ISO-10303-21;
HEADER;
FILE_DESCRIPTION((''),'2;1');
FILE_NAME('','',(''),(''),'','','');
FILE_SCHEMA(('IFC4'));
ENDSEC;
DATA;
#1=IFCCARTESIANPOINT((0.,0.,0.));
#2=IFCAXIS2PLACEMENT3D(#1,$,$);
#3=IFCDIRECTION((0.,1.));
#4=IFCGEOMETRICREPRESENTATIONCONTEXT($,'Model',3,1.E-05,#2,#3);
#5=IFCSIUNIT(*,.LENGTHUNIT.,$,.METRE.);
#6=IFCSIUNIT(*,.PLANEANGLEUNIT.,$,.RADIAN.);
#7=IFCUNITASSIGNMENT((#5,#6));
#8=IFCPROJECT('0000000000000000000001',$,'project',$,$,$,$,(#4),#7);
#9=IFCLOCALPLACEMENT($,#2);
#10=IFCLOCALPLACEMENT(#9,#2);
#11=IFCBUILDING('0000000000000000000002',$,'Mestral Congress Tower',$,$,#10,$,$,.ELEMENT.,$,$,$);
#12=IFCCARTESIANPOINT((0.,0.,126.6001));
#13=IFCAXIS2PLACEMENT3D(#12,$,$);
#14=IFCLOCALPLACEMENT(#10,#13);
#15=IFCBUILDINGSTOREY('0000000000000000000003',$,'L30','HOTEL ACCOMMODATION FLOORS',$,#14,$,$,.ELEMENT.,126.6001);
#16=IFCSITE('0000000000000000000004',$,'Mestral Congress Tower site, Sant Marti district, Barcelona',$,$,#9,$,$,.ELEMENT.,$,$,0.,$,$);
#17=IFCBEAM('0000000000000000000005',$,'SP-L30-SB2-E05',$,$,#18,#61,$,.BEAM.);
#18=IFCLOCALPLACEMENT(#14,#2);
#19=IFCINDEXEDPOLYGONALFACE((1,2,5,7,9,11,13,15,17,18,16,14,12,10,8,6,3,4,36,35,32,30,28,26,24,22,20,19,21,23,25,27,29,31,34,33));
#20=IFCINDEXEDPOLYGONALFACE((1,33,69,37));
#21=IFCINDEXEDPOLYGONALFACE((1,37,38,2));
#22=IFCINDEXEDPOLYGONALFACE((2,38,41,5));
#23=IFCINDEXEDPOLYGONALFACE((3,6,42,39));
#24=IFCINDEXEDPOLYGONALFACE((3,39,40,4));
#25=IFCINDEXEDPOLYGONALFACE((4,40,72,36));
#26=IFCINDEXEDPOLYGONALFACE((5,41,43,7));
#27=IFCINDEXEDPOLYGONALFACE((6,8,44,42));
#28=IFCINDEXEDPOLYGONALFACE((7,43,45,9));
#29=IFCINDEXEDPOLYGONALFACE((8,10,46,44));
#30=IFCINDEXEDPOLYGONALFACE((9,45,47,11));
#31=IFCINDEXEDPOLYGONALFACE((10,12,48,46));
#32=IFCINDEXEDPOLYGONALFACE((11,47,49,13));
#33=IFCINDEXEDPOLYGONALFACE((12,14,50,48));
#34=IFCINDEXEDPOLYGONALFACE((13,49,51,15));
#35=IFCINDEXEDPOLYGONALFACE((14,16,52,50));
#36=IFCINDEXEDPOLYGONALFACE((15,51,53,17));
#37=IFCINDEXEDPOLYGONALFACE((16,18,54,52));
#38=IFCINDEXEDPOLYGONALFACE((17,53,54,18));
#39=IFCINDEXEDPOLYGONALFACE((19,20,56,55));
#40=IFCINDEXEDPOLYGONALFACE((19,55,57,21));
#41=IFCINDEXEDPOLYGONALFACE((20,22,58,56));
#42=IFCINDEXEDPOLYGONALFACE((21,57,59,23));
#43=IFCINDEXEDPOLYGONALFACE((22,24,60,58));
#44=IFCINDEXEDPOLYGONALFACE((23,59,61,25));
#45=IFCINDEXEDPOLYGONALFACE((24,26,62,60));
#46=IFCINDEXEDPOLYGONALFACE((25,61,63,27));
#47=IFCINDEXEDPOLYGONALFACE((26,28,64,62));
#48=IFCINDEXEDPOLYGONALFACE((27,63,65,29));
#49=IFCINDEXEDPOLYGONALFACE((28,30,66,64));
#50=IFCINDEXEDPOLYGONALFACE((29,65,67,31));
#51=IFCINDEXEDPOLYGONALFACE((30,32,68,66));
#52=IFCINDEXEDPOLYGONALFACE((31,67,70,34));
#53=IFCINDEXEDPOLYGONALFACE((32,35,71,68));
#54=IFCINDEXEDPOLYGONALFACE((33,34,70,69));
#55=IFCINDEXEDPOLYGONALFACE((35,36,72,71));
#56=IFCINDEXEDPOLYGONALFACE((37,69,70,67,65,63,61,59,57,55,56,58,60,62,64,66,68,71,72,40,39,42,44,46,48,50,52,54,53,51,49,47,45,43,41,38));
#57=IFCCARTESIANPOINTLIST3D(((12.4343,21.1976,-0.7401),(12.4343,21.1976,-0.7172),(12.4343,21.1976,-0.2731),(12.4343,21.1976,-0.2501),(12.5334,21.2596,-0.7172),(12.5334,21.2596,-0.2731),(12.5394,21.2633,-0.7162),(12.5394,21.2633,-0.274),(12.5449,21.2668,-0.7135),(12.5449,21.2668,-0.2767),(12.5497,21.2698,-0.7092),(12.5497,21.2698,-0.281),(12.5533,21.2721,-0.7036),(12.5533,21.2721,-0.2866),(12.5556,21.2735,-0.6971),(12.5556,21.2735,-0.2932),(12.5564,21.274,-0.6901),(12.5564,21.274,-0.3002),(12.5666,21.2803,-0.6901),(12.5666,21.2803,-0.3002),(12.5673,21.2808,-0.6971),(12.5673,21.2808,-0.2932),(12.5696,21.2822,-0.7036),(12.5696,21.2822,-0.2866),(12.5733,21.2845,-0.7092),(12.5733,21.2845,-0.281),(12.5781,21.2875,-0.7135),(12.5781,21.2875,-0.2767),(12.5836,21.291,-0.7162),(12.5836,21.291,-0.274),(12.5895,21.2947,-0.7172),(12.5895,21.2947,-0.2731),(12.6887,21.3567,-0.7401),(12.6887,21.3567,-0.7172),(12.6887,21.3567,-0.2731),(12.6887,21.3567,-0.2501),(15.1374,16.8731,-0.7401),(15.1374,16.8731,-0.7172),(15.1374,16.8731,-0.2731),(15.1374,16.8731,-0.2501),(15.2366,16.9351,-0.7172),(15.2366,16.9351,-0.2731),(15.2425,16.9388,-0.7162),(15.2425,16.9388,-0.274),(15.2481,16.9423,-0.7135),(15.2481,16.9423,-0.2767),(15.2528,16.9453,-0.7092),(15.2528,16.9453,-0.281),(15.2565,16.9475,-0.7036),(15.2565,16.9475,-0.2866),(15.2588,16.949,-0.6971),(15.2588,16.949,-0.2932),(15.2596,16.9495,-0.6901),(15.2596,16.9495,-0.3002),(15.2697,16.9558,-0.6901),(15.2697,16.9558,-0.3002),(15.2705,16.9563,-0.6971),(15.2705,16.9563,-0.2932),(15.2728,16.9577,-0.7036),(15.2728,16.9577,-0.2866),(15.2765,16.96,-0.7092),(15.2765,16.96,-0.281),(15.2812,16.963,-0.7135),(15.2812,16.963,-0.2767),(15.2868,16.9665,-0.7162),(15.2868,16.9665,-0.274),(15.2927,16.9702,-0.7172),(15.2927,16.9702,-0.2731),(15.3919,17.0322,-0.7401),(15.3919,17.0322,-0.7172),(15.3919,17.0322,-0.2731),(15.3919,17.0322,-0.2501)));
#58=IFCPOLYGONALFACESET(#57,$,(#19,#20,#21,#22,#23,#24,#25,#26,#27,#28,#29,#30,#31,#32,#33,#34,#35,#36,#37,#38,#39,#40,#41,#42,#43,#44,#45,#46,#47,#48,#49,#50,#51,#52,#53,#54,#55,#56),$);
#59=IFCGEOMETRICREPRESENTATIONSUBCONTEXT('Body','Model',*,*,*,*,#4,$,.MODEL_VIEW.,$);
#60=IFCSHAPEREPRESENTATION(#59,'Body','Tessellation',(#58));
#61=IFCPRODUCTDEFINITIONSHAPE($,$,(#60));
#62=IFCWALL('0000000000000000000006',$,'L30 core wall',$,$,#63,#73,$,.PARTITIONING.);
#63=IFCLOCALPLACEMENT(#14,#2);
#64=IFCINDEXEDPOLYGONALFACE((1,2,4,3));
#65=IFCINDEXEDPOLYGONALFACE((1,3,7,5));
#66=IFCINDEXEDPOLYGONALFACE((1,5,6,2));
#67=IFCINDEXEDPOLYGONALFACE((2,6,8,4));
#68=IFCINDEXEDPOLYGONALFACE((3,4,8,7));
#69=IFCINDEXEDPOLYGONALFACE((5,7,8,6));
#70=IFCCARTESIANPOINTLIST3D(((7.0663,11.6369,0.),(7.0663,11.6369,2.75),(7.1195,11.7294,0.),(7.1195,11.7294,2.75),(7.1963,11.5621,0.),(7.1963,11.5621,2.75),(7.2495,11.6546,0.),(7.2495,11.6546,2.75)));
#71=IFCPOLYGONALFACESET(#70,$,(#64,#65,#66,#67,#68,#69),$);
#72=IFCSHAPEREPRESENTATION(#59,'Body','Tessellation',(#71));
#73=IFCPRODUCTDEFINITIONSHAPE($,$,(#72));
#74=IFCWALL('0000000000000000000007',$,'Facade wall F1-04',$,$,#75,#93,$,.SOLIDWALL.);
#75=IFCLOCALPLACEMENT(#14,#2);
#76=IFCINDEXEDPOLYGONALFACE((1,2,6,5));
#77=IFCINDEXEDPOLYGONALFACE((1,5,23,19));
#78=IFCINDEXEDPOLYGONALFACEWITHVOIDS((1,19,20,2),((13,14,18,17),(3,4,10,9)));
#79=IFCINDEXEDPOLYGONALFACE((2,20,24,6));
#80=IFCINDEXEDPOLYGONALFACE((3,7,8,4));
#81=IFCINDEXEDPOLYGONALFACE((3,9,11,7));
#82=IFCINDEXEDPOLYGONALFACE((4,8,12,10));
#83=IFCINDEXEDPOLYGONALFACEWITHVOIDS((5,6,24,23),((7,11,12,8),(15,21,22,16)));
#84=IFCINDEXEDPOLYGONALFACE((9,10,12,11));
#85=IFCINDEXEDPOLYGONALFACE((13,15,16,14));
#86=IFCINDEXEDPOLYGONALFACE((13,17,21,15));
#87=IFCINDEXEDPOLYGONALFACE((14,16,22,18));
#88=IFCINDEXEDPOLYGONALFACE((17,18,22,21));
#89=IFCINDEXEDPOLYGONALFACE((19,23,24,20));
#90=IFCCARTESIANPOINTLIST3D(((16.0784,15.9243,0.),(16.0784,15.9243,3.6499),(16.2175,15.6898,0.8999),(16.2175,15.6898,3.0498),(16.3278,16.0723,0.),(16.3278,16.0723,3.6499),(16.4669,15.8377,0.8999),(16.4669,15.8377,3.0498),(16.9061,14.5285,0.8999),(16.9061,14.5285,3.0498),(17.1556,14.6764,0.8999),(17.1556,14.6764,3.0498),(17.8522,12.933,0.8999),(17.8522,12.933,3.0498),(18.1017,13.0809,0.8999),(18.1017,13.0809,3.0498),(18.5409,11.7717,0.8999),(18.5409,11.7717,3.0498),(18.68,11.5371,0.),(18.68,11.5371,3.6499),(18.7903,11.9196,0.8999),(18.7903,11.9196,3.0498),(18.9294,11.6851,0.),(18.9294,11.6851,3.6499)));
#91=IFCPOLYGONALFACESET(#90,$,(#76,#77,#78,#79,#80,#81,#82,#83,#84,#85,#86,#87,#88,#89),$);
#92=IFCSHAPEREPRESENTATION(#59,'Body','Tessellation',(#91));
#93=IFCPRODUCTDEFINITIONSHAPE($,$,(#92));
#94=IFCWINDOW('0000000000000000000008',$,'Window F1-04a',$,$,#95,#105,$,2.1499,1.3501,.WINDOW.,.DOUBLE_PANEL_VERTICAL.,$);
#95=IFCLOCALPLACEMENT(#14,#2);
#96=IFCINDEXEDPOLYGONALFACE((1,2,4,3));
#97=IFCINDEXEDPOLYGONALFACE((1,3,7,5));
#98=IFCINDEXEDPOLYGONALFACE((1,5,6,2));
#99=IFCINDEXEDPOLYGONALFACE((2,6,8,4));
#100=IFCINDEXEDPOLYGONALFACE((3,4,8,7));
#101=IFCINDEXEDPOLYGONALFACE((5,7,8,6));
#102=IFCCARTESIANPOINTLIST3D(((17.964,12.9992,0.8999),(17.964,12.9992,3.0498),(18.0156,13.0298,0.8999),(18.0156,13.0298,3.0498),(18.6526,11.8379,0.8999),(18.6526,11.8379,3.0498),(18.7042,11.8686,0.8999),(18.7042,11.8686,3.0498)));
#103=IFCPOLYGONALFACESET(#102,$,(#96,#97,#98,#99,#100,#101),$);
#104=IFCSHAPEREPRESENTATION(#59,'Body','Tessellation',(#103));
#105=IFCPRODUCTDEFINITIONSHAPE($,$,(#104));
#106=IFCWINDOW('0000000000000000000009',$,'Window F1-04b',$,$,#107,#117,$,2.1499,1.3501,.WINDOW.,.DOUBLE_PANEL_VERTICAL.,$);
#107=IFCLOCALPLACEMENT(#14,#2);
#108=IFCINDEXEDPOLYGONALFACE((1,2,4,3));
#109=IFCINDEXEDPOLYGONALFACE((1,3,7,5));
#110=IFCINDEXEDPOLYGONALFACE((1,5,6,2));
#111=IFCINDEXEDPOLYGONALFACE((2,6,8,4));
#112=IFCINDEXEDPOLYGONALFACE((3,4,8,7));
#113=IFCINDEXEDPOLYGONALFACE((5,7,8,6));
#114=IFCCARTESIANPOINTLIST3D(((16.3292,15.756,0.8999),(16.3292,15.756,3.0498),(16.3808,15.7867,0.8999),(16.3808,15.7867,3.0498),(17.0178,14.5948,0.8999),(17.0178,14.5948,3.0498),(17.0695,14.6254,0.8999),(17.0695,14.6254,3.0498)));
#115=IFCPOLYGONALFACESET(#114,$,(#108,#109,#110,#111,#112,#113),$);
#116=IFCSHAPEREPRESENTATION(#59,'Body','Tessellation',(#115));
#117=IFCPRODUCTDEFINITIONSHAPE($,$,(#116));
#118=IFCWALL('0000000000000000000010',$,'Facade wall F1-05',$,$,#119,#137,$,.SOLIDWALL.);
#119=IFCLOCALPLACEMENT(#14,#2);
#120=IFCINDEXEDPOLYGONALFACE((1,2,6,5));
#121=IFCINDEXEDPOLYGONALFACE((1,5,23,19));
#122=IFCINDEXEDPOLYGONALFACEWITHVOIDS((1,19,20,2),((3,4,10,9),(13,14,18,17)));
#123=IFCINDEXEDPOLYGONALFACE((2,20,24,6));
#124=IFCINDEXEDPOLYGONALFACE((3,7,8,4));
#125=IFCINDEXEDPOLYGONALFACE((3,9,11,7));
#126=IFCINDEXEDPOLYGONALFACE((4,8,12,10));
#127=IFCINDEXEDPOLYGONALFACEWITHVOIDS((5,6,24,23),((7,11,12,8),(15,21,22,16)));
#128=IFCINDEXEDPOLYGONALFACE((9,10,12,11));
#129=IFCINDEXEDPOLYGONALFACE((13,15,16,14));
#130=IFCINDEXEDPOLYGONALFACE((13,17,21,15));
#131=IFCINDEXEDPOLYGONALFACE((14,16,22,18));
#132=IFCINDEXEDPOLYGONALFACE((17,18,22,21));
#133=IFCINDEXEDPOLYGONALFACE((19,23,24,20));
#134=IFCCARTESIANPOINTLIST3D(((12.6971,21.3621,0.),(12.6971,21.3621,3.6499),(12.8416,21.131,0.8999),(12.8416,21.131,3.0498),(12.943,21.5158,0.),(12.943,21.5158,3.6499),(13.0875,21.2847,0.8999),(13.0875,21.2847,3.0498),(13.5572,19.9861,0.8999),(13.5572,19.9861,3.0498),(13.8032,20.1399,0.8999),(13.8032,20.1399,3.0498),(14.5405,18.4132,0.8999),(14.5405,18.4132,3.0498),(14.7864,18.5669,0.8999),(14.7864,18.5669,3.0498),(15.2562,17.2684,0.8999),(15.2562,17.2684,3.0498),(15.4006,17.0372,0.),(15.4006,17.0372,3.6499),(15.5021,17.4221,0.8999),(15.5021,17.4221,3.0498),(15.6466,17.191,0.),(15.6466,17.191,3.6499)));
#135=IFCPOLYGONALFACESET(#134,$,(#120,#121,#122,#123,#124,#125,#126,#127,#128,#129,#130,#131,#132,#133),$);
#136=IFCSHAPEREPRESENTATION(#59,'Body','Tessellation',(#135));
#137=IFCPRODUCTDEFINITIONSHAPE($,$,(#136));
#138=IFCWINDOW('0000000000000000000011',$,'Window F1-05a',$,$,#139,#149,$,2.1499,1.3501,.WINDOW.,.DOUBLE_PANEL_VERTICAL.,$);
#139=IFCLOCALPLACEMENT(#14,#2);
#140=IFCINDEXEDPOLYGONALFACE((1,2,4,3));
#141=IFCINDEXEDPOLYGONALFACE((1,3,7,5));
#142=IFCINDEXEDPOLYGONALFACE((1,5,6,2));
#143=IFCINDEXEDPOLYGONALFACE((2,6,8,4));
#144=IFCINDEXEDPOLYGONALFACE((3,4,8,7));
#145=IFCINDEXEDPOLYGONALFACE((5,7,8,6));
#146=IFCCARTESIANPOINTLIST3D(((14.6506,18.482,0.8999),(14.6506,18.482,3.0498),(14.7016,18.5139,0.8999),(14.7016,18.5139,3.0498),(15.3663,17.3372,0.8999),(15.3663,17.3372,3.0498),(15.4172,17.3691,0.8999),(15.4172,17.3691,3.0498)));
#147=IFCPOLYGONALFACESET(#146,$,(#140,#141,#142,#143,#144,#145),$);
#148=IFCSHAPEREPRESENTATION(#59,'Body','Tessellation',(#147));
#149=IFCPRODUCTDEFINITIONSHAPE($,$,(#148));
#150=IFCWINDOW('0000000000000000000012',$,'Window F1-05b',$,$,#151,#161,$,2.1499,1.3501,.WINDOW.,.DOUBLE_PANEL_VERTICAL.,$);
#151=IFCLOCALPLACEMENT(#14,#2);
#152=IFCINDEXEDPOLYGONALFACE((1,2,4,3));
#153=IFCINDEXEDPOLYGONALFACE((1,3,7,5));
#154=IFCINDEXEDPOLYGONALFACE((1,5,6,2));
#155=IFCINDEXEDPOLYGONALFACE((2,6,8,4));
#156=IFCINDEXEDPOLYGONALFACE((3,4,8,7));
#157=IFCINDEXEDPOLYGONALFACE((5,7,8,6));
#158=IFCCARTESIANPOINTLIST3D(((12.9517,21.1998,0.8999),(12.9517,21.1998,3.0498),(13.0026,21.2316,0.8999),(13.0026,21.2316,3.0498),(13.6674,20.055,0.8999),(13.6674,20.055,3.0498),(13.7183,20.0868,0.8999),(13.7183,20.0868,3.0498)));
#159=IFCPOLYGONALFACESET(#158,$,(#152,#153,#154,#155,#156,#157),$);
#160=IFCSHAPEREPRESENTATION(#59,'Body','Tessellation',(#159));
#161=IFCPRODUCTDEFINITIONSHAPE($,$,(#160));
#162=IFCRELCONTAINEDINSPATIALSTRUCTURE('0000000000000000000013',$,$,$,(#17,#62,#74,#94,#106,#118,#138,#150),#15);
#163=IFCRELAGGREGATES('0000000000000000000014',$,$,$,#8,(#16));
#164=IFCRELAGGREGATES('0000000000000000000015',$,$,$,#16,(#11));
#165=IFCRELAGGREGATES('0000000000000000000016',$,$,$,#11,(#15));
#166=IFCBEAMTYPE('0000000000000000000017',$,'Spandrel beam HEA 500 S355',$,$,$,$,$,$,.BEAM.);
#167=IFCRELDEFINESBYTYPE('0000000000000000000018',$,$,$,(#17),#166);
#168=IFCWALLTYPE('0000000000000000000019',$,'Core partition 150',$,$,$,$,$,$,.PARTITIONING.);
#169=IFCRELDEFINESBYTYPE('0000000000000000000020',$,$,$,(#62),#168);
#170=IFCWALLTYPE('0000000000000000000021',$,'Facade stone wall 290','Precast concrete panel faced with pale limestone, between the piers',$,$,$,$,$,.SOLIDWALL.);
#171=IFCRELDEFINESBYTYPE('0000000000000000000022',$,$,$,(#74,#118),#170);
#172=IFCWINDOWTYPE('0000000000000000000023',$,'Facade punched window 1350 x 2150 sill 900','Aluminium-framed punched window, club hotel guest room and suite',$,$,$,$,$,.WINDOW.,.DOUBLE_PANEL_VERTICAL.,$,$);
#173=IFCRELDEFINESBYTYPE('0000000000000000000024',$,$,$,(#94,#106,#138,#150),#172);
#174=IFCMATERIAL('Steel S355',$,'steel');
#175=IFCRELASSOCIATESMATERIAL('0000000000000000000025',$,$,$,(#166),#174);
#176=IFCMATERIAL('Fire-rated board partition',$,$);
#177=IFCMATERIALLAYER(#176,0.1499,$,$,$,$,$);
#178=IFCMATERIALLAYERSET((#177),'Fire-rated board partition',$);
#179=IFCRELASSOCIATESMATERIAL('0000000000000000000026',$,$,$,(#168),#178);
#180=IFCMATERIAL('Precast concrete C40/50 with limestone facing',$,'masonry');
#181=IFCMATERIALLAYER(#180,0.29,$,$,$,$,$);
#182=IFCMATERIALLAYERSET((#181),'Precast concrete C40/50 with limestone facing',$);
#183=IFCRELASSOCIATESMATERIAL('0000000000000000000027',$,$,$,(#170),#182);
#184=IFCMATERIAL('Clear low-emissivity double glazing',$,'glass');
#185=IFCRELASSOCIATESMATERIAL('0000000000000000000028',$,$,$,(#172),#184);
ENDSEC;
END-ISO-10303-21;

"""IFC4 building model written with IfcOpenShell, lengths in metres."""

from ifc_helpers import new_model, si_unit, direction, frame, frame_2d, origin, origin_2d, place, context, subcontext, project, spatial, rectangle, i_section, extrude, material, layer, layer_set, material_profile, profile_set, type_object, element, fill, save


model = new_model("IFC4")

# Units and contexts
model_context = context("Model", 3, precision=1e-05, world=origin(), true_north=direction((0.0, 1.0)))
body_context = subcontext(model_context, "Body", "Model", "MODEL_VIEW")
ifc_project = project(units=[si_unit("LENGTHUNIT", "METRE"), si_unit("PLANEANGLEUNIT", "RADIAN")], contexts=[model_context])

# Site, building, storey
site_placement = place(None, origin())
site = spatial("IfcSite", under=ifc_project, at=site_placement, Name="Mestral Congress Tower site, Sant Marti district, Barcelona", CompositionType="ELEMENT", RefElevation=0.0)
building_placement = place(site_placement, origin())
building = spatial("IfcBuilding", under=site, at=building_placement, Name="Mestral Congress Tower", CompositionType="ELEMENT")
storey_placement = place(building_placement, frame((0.0, 0.0, 126.6001)))
storey = spatial("IfcBuildingStorey", under=building, at=storey_placement, Name="L30", Description="HOTEL ACCOMMODATION FLOORS", CompositionType="ELEMENT", Elevation=126.6001)

# Beam
ifc_material_1 = material(Name="Steel S355", Category="steel")
ifc_material_profile_1 = material_profile(ifc_material_1, i_section(OverallWidth=0.3, OverallDepth=0.49, WebThickness=0.012, FlangeThickness=0.0229, FilletRadius=0.0271, at=origin_2d()), Name="HEA 500")
ifc_profile_set_1 = profile_set([ifc_material_profile_1], Name="Steel S355")
beam_type_1 = type_object("IfcBeamType", Name="Spandrel beam HEA 500 S355", PredefinedType="BEAM", material=ifc_profile_set_1)
for number, where, z_axis, x_axis, name in (
    (1, (15.2646, 16.9526, -0.4951), (-0.530046, 0.847969, 0.0), (-0.847969, -0.530046, 0.0), "SP-L30-SB2-E05"),
):
    element("IfcBeam", number, at=place(storey_placement, frame(where, z_axis=z_axis, x_axis=x_axis)), inside=storey, type_object=beam_type_1, Name=name, PredefinedType="BEAM", context=body_context, shape_type="SweptSolid", body=[
        extrude(i_section(OverallWidth=0.3, OverallDepth=0.49, WebThickness=0.012, FlangeThickness=0.0229, FilletRadius=0.0271, at=origin_2d()), origin(), (0.0, 0.0, 1.0), 5.0999),
    ])

# Wall
ifc_material_2 = material(Name="Fire-rated board partition")
ifc_layer_1 = layer(ifc_material_2, 0.1499)
ifc_layer_set_1 = layer_set([ifc_layer_1], Name="Fire-rated board partition")
wall_type_1 = type_object("IfcWallType", Name="Core partition 150", PredefinedType="PARTITIONING", material=ifc_layer_set_1)
wall_1_placement = place(storey_placement, frame((7.1313, 11.5996, 0.0), z_axis=(0.0, 0.0, 1.0), x_axis=(0.4986, 0.866832, 0.0)))
element("IfcWall", 2, at=wall_1_placement, inside=storey, type_object=wall_type_1, Name="L30 core wall", PredefinedType="PARTITIONING", context=body_context, shape_type="SweptSolid", body=[
    extrude(rectangle(XDim=0.1067, YDim=0.1499, at=frame_2d((0.0532, 0.0))), origin(), (0.0, 0.0, 1.0), 2.75),
])

# Walls, openings, windows
ifc_material_3 = material(Name="Precast concrete C40/50 with limestone facing", Category="masonry")
ifc_layer_2 = layer(ifc_material_3, 0.29)
ifc_layer_set_2 = layer_set([ifc_layer_2], Name="Precast concrete C40/50 with limestone facing")
wall_type_2 = type_object("IfcWallType", Name="Facade stone wall 290", Description="Precast concrete panel faced with pale limestone, between the piers", PredefinedType="SOLIDWALL", material=ifc_layer_set_2)
wall_2_placement = place(storey_placement, frame((18.8047, 11.6111, 0.0), z_axis=(0.0, 0.0, 1.0), x_axis=(-0.510054, 0.860142, 0.0)))
wall_2 = element("IfcWall", 3, at=wall_2_placement, inside=storey, type_object=wall_type_2, Name="Facade wall F1-04", PredefinedType="SOLIDWALL", context=body_context, shape_type="SweptSolid", body=[
    extrude(rectangle(XDim=5.1006, YDim=0.29, at=frame_2d((2.5503, 0.0))), origin(), (0.0, 0.0, 1.0), 3.6499),
])
opening_1_placement = place(wall_2_placement, frame((0.2727, 0.0, 0.8999)))
opening_1 = element("IfcOpeningElement", 4, at=opening_1_placement, cuts=wall_2, PredefinedType="OPENING", context=body_context, shape_type="SweptSolid", body=[
    extrude(rectangle(XDim=1.3501, YDim=2.1499, at=frame_2d((0.675, 1.075))), frame((0.0, 0.155, 0.0), z_axis=(0.0, -1.0, 0.0), x_axis=(1.0, 0.0, 0.0)), (0.0, 0.0, 1.0), 0.3101),
])
opening_2_placement = place(wall_2_placement, frame((3.4778, 0.0, 0.8999)))
opening_2 = element("IfcOpeningElement", 5, at=opening_2_placement, cuts=wall_2, PredefinedType="OPENING", context=body_context, shape_type="SweptSolid", body=[
    extrude(rectangle(XDim=1.3501, YDim=2.1499, at=frame_2d((0.675, 1.075))), frame((0.0, 0.155, 0.0), z_axis=(0.0, -1.0, 0.0), x_axis=(1.0, 0.0, 0.0)), (0.0, 0.0, 1.0), 0.3101),
])
ifc_material_4 = material(Name="Clear low-emissivity double glazing", Category="glass")
window_type = type_object("IfcWindowType", Name="Facade punched window 1350 x 2150 sill 900", Description="Aluminium-framed punched window, club hotel guest room and suite", PartitioningType="DOUBLE_PANEL_VERTICAL", PredefinedType="WINDOW", material=ifc_material_4)
window_1_placement = place(opening_1_placement, origin())
window_1 = element("IfcWindow", 6, at=window_1_placement, inside=storey, type_object=window_type, Name="Window F1-04a", OverallHeight=2.1499, OverallWidth=1.3501, PartitioningType="DOUBLE_PANEL_VERTICAL", PredefinedType="WINDOW", context=body_context, shape_type="SweptSolid", body=[
    extrude(rectangle(XDim=1.3501, YDim=2.1499, at=frame_2d((0.675, 1.075))), frame((0.0, 0.0151, 0.0), z_axis=(0.0, -1.0, 0.0), x_axis=(1.0, 0.0, 0.0)), (0.0, 0.0, 1.0), 0.0601),
])
fill(opening_1, window_1)
window_2_placement = place(opening_2_placement, origin())
window_2 = element("IfcWindow", 7, at=window_2_placement, inside=storey, type_object=window_type, Name="Window F1-04b", OverallHeight=2.1499, OverallWidth=1.3501, PartitioningType="DOUBLE_PANEL_VERTICAL", PredefinedType="WINDOW", context=body_context, shape_type="SweptSolid", body=[
    extrude(rectangle(XDim=1.3501, YDim=2.1499, at=frame_2d((0.675, 1.075))), frame((0.0, 0.0151, 0.0), z_axis=(0.0, -1.0, 0.0), x_axis=(1.0, 0.0, 0.0)), (0.0, 0.0, 1.0), 0.0601),
])
fill(opening_2, window_2)
wall_3_placement = place(storey_placement, frame((15.5237, 17.114, 0.0), z_axis=(0.0, 0.0, 1.0), x_axis=(-0.530072, 0.847953, 0.0)))
wall_3 = element("IfcWall", 8, at=wall_3_placement, inside=storey, type_object=wall_type_2, Name="Facade wall F1-05", PredefinedType="SOLIDWALL", context=body_context, shape_type="SweptSolid", body=[
    extrude(rectangle(XDim=5.1003, YDim=0.29, at=frame_2d((2.5503, 0.0))), origin(), (0.0, 0.0, 1.0), 3.6499),
])
opening_3_placement = place(wall_3_placement, frame((0.2727, 0.0, 0.8999)))
opening_3 = element("IfcOpeningElement", 9, at=opening_3_placement, cuts=wall_3, PredefinedType="OPENING", context=body_context, shape_type="SweptSolid", body=[
    extrude(rectangle(XDim=1.3501, YDim=2.1499, at=frame_2d((0.675, 1.075))), frame((0.0, 0.155, 0.0), z_axis=(0.0, -1.0, 0.0), x_axis=(1.0, 0.0, 0.0)), (0.0, 0.0, 1.0), 0.3101),
])
opening_4_placement = place(wall_3_placement, frame((3.4778, 0.0, 0.8999)))
opening_4 = element("IfcOpeningElement", 10, at=opening_4_placement, cuts=wall_3, PredefinedType="OPENING", context=body_context, shape_type="SweptSolid", body=[
    extrude(rectangle(XDim=1.3501, YDim=2.1499, at=frame_2d((0.675, 1.075))), frame((0.0, 0.155, 0.0), z_axis=(0.0, -1.0, 0.0), x_axis=(1.0, 0.0, 0.0)), (0.0, 0.0, 1.0), 0.3101),
])
window_3_placement = place(opening_3_placement, origin())
window_3 = element("IfcWindow", 11, at=window_3_placement, inside=storey, type_object=window_type, Name="Window F1-05a", OverallHeight=2.1499, OverallWidth=1.3501, PartitioningType="DOUBLE_PANEL_VERTICAL", PredefinedType="WINDOW", context=body_context, shape_type="SweptSolid", body=[
    extrude(rectangle(XDim=1.3501, YDim=2.1499, at=frame_2d((0.675, 1.075))), frame((0.0, 0.0151, 0.0), z_axis=(0.0, -1.0, 0.0), x_axis=(1.0, 0.0, 0.0)), (0.0, 0.0, 1.0), 0.0601),
])
fill(opening_3, window_3)
window_4_placement = place(opening_4_placement, origin())
window_4 = element("IfcWindow", 12, at=window_4_placement, inside=storey, type_object=window_type, Name="Window F1-05b", OverallHeight=2.1499, OverallWidth=1.3501, PartitioningType="DOUBLE_PANEL_VERTICAL", PredefinedType="WINDOW", context=body_context, shape_type="SweptSolid", body=[
    extrude(rectangle(XDim=1.3501, YDim=2.1499, at=frame_2d((0.675, 1.075))), frame((0.0, 0.0151, 0.0), z_axis=(0.0, -1.0, 0.0), x_axis=(1.0, 0.0, 0.0)), (0.0, 0.0, 1.0), 0.0601),
])
fill(opening_4, window_4)

save(model, "model.ifc")
